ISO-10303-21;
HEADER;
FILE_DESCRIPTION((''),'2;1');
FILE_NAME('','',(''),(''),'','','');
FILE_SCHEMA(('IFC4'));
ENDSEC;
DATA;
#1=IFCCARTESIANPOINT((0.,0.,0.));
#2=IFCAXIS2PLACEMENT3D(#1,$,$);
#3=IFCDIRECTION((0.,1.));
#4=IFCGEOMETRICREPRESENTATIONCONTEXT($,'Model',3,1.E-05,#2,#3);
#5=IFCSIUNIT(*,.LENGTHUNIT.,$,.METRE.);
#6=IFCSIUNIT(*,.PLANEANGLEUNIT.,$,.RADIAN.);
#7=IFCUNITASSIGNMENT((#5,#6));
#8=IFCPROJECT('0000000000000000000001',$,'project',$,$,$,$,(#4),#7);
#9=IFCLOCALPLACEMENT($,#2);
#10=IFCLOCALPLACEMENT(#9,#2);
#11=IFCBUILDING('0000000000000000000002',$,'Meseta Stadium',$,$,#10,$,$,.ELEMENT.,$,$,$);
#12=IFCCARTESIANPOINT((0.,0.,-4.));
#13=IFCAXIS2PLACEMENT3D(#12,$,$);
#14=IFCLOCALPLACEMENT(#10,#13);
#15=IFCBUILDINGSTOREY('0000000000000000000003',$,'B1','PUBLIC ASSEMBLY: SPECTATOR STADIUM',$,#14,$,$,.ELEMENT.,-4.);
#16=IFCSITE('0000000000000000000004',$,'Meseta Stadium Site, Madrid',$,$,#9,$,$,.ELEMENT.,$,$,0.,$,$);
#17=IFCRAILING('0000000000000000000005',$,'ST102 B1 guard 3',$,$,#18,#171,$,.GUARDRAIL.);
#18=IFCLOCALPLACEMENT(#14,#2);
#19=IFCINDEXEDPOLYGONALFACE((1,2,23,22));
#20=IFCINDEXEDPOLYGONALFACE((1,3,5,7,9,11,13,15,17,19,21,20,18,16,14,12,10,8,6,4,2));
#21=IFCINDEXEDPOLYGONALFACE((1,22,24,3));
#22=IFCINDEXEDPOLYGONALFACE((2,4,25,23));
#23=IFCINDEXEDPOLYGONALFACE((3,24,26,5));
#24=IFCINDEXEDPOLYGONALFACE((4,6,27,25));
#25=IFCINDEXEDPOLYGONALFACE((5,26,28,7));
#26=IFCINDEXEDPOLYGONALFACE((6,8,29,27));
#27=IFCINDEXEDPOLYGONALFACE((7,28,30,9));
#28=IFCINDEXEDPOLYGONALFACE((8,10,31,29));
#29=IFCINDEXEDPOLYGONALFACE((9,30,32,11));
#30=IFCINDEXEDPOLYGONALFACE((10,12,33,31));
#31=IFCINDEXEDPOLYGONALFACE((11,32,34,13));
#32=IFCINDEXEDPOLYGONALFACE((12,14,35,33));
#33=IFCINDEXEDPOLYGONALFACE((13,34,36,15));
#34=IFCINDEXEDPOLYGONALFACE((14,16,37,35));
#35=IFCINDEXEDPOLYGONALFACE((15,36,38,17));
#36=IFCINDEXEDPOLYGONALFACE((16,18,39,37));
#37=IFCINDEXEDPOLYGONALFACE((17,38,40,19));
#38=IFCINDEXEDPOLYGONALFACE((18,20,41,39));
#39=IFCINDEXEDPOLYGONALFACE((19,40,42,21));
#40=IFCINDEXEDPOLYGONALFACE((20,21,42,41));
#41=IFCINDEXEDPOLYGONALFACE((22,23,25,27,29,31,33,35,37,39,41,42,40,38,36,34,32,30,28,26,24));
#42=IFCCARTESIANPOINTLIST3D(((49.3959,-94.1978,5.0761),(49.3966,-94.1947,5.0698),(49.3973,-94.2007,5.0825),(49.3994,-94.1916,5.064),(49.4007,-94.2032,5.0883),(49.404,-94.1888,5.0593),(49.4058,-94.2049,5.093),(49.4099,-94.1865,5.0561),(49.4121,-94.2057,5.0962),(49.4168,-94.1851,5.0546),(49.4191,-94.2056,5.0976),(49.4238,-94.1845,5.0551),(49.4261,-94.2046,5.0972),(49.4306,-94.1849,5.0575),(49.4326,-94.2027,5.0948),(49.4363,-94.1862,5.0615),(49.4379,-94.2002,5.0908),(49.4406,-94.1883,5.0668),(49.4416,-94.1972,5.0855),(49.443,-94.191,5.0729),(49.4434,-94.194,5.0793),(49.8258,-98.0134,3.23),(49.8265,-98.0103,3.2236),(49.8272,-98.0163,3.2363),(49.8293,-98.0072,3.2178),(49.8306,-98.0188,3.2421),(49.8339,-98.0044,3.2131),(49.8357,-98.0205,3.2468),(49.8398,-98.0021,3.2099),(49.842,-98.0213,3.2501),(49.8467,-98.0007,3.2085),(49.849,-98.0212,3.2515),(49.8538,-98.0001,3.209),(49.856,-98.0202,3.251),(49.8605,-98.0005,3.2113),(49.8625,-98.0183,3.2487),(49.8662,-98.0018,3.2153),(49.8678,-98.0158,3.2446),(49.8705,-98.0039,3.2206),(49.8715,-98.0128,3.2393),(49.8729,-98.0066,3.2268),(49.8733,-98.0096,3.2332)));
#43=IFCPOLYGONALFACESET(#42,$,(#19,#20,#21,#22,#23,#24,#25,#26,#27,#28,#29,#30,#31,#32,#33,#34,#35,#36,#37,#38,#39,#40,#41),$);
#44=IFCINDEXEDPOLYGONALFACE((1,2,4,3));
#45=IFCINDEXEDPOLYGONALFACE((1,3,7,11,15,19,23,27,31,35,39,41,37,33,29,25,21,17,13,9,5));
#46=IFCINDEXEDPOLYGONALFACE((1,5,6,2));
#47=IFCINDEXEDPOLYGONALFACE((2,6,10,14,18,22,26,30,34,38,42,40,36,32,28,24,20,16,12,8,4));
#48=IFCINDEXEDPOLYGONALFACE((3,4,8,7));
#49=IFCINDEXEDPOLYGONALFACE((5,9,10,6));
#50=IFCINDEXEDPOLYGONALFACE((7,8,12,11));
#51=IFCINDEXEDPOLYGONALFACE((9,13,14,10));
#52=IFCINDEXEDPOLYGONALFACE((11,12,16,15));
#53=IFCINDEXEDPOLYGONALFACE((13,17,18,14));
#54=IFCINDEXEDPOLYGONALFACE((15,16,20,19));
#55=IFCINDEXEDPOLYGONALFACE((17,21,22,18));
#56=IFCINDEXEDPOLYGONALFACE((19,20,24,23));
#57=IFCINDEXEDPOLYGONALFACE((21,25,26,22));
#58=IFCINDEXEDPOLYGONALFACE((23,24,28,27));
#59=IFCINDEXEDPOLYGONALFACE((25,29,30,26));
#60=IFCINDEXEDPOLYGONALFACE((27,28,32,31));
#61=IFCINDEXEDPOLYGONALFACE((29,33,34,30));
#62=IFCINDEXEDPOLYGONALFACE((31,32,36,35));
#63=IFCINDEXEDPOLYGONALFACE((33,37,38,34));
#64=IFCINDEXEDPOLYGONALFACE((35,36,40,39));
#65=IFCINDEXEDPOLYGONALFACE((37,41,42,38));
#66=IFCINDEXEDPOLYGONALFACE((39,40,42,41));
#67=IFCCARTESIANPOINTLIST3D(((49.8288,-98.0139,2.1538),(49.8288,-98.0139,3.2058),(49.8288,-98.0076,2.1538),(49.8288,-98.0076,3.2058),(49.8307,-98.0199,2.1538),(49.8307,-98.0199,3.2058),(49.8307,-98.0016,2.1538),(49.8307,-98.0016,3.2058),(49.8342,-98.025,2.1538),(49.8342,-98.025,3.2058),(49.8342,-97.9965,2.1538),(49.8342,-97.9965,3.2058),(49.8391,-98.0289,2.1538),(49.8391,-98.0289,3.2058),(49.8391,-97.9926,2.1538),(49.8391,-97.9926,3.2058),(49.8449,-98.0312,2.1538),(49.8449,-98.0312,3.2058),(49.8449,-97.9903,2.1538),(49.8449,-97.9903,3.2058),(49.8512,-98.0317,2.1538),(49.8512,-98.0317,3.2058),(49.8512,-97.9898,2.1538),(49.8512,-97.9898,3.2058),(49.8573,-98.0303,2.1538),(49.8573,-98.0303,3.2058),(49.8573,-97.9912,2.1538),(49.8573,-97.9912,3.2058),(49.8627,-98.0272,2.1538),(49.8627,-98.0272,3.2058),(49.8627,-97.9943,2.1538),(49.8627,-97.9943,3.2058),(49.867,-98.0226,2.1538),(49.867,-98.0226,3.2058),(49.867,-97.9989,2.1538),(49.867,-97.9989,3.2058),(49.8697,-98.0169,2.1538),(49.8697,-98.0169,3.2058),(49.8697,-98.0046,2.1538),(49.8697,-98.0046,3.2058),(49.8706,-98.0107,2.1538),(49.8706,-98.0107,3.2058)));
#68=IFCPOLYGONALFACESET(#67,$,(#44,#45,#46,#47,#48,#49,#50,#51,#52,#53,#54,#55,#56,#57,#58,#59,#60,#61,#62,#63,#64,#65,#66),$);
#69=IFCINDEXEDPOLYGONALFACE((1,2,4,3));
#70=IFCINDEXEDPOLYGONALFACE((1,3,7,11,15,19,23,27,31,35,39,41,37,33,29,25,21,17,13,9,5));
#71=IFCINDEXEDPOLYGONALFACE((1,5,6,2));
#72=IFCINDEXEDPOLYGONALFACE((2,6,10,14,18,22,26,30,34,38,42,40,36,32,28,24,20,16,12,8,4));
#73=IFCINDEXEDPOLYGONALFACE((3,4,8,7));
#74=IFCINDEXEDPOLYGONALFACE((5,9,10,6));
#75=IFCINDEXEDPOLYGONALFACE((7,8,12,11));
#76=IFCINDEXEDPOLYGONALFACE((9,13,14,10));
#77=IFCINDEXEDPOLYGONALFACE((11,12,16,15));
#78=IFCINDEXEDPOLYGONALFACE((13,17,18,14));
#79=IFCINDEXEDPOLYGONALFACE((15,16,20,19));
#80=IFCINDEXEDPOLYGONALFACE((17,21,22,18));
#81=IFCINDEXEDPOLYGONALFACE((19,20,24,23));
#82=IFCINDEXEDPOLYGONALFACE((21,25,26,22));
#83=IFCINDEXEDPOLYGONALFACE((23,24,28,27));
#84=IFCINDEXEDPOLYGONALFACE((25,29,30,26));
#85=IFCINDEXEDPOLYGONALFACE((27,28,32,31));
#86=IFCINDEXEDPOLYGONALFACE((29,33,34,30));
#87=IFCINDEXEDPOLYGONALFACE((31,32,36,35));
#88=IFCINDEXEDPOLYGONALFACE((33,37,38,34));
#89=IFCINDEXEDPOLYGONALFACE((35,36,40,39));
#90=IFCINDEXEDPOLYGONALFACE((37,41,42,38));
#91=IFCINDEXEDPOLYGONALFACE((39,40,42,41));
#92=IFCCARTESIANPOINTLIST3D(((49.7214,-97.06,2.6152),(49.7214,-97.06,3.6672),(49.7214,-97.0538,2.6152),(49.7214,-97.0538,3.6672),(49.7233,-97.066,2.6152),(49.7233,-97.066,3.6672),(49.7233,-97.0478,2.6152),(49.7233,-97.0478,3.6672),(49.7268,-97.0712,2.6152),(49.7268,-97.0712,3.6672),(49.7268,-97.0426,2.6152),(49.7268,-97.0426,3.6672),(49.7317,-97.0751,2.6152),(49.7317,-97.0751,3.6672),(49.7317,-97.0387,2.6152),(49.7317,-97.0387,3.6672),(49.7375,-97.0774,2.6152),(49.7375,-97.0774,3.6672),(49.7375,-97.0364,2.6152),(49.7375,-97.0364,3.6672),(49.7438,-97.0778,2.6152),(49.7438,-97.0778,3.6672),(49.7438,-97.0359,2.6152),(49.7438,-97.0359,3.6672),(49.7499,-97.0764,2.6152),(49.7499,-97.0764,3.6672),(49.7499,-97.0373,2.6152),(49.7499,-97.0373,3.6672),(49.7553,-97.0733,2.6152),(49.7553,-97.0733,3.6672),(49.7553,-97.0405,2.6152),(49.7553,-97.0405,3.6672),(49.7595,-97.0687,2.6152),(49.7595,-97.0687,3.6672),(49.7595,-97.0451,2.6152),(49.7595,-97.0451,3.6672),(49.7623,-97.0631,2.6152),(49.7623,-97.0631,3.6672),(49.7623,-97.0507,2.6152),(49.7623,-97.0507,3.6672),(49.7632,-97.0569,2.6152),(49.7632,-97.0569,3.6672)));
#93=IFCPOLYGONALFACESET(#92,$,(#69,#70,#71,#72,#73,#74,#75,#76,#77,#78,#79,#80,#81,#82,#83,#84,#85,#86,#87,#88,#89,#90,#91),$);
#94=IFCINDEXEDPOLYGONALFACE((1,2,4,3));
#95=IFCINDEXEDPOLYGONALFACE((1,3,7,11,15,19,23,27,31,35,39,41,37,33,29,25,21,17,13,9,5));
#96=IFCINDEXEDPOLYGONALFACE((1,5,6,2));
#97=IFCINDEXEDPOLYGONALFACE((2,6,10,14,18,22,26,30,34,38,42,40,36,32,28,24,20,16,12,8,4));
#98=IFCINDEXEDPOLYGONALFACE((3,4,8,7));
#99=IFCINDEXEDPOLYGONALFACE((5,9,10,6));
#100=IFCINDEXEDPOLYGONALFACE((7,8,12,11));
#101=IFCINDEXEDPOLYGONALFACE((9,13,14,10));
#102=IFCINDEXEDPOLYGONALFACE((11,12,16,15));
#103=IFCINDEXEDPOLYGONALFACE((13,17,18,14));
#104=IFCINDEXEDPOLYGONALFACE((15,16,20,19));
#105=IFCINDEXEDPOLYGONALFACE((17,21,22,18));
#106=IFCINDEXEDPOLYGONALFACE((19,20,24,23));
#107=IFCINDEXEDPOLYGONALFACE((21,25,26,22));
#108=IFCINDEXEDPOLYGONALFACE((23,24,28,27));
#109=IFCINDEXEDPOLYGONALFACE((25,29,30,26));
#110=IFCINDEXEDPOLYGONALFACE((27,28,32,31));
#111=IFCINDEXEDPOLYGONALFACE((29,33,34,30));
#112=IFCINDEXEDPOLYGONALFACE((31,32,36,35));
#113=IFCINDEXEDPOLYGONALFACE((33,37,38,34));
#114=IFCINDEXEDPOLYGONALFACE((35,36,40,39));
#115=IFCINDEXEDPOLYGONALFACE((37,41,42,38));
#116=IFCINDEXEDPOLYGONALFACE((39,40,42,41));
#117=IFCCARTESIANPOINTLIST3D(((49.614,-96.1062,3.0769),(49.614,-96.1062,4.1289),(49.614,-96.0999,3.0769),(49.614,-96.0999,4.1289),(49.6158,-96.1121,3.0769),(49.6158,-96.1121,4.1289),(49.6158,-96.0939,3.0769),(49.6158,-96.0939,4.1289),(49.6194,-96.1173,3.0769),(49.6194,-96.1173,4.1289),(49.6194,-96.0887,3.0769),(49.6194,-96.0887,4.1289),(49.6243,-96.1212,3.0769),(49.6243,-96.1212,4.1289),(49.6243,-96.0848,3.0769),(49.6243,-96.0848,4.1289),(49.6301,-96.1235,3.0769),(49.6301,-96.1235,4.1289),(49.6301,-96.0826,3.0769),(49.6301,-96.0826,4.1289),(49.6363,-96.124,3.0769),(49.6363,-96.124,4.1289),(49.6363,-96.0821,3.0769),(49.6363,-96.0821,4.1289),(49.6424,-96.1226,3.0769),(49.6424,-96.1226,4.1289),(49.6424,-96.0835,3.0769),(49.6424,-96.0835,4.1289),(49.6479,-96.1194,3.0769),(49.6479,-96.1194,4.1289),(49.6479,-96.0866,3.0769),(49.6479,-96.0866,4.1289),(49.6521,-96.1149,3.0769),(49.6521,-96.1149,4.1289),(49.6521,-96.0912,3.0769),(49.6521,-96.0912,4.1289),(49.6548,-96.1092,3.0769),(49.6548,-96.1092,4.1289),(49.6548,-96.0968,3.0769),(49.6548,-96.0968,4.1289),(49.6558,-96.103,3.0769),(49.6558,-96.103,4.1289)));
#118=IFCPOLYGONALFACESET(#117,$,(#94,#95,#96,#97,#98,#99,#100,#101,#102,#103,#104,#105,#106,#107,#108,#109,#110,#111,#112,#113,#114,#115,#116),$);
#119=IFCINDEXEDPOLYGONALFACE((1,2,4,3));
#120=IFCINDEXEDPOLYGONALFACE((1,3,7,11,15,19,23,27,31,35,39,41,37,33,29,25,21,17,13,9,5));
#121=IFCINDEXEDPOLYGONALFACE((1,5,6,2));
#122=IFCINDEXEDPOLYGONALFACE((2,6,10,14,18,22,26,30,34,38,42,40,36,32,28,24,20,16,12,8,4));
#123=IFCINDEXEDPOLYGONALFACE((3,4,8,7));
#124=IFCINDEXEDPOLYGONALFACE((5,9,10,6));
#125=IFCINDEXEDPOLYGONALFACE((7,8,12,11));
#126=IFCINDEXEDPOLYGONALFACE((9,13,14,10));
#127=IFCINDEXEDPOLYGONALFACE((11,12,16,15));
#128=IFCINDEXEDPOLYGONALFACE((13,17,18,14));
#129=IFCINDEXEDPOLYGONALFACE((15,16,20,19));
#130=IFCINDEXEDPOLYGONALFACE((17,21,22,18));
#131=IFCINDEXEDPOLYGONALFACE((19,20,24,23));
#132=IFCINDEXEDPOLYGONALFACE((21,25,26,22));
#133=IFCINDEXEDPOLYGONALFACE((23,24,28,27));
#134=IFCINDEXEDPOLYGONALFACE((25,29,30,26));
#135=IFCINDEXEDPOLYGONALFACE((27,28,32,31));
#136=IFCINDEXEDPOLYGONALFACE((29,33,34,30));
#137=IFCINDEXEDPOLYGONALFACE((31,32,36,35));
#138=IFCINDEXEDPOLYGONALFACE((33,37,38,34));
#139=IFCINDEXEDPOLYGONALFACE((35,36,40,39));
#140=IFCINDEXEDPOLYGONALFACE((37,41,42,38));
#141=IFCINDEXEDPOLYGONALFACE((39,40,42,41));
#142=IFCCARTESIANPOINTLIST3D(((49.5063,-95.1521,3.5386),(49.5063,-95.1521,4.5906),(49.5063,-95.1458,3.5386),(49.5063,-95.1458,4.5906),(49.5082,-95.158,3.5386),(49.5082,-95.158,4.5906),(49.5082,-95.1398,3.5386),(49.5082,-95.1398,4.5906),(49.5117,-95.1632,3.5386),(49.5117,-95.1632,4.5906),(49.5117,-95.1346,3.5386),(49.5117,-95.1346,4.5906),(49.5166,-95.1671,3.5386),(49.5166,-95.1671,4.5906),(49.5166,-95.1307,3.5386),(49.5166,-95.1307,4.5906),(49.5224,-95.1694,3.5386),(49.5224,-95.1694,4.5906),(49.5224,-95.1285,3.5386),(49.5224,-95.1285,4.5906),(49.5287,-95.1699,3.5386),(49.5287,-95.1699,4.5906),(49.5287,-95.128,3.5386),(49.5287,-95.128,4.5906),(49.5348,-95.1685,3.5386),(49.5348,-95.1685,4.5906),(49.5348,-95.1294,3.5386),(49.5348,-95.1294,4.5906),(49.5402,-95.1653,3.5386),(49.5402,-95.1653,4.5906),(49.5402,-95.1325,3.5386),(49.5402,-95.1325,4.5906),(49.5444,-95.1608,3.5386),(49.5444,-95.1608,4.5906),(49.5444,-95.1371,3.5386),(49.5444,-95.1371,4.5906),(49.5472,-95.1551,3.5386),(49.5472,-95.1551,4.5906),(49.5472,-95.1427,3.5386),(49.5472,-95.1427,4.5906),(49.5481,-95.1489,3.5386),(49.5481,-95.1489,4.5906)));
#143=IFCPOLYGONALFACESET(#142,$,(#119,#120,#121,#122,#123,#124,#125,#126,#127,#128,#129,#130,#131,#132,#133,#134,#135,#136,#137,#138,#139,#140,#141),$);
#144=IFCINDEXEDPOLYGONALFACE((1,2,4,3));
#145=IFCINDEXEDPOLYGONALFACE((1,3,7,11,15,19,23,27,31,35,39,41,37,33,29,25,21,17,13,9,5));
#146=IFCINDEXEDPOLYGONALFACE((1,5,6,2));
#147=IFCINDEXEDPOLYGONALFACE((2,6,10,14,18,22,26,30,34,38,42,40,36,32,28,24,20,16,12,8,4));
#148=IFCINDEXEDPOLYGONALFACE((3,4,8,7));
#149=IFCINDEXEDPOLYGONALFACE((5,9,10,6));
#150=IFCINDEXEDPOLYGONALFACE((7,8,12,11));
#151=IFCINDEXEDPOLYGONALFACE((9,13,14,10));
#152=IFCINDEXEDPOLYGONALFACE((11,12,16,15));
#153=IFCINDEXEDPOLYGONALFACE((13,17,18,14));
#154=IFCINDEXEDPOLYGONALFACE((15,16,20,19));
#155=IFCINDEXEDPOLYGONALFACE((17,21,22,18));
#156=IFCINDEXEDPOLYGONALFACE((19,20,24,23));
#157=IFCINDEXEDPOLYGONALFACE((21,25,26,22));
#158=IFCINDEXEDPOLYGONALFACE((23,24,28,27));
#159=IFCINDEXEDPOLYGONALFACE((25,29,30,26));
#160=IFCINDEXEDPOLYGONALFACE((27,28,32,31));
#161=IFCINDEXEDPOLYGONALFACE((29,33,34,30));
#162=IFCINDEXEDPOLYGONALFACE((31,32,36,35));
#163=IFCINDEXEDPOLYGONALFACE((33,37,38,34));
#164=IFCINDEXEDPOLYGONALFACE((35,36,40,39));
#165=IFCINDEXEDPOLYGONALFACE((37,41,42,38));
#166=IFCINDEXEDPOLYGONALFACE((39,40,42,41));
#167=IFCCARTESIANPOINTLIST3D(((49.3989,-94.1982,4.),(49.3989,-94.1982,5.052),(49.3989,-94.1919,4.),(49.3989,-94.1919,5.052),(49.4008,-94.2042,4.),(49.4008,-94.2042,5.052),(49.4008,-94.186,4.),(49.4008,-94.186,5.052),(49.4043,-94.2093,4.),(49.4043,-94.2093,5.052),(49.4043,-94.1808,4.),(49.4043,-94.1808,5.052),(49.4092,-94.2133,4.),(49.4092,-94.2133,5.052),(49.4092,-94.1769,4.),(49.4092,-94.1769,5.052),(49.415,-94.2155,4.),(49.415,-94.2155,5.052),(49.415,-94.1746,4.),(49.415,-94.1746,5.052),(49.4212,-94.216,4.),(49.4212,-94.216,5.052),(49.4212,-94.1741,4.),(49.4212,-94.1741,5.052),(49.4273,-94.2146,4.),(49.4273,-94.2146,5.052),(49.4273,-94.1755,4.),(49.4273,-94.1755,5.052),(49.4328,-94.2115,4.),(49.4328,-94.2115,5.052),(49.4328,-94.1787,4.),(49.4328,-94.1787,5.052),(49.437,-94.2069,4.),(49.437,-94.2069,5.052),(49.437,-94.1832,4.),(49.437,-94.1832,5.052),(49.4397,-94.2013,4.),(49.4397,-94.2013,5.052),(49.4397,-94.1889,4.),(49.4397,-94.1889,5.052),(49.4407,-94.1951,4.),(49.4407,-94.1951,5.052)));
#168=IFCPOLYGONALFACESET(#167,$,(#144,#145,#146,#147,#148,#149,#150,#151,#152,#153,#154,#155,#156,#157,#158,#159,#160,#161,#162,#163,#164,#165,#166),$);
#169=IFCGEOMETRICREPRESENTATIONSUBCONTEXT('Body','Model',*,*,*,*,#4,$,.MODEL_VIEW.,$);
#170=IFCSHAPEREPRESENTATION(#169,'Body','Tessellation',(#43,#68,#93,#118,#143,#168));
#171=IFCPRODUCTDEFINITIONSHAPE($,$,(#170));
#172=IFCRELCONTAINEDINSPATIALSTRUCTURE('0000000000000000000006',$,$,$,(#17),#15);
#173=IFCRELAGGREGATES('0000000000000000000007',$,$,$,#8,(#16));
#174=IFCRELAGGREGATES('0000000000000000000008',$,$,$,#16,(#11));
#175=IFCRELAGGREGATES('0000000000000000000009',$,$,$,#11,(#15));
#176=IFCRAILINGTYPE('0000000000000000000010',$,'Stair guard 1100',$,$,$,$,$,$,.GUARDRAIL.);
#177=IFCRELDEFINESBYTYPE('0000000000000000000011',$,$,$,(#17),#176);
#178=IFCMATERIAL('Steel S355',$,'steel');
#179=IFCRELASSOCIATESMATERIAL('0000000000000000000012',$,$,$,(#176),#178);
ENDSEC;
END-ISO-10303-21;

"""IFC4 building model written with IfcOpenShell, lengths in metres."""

from ifc_helpers import new_model, si_unit, direction, frame, origin, origin_2d, place, context, subcontext, project, spatial, circle, extrude, material, type_object, element, save


model = new_model("IFC4")

# Units and contexts
model_context = context("Model", 3, precision=1e-05, world=origin(), true_north=direction((0.0, 1.0)))
body_context = subcontext(model_context, "Body", "Model", "MODEL_VIEW")
ifc_project = project(units=[si_unit("LENGTHUNIT", "METRE"), si_unit("PLANEANGLEUNIT", "RADIAN")], contexts=[model_context])

# Site, building, storey
site_placement = place(None, origin())
site = spatial("IfcSite", under=ifc_project, at=site_placement, Name="Meseta Stadium Site, Madrid", CompositionType="ELEMENT", RefElevation=0.0)
building_placement = place(site_placement, origin())
building = spatial("IfcBuilding", under=site, at=building_placement, Name="Meseta Stadium", CompositionType="ELEMENT")
storey_placement = place(building_placement, frame((0.0, 0.0, -4.0)))
storey = spatial("IfcBuildingStorey", under=building, at=storey_placement, Name="B1", Description="PUBLIC ASSEMBLY: SPECTATOR STADIUM", CompositionType="ELEMENT", Elevation=-4.0)

# Railing
ifc_material_1 = material(Name="Steel S355", Category="steel")
railing_type_1 = type_object("IfcRailingType", Name="Stair guard 1100", PredefinedType="GUARDRAIL", material=ifc_material_1)
railing_1_placement = place(storey_placement, frame((49.8496, -98.0107, 2.1538)))
element("IfcRailing", 1, at=railing_1_placement, inside=storey, type_object=railing_type_1, Name="ST102 B1 guard 3", PredefinedType="GUARDRAIL", context=body_context, shape_type="SweptSolid", body=[
    extrude(circle(Radius=0.0239, at=origin_2d()), frame((0.0, 0.0, 1.0762), z_axis=(-0.100909, 0.895574, 0.433318), x_axis=(-0.993712, -0.111967, 0.0)), (0.0, 0.0, 1.0), 4.2605),
    extrude(circle(Radius=0.021, at=origin_2d()), origin(), (0.0, 0.0, 1.0), 1.052),
    extrude(circle(Radius=0.021, at=origin_2d()), frame((-0.1074, 0.9539, 0.4614)), (0.0, 0.0, 1.0), 1.052),
    extrude(circle(Radius=0.021, at=origin_2d()), frame((-0.2148, 1.9077, 0.9231)), (0.0, 0.0, 1.0), 1.052),
    extrude(circle(Radius=0.021, at=origin_2d()), frame((-0.3225, 2.8618, 1.3848)), (0.0, 0.0, 1.0), 1.052),
    extrude(circle(Radius=0.021, at=origin_2d()), frame((-0.4299, 3.8157, 1.8462)), (0.0, 0.0, 1.0), 1.052),
])

save(model, "model.ifc")
